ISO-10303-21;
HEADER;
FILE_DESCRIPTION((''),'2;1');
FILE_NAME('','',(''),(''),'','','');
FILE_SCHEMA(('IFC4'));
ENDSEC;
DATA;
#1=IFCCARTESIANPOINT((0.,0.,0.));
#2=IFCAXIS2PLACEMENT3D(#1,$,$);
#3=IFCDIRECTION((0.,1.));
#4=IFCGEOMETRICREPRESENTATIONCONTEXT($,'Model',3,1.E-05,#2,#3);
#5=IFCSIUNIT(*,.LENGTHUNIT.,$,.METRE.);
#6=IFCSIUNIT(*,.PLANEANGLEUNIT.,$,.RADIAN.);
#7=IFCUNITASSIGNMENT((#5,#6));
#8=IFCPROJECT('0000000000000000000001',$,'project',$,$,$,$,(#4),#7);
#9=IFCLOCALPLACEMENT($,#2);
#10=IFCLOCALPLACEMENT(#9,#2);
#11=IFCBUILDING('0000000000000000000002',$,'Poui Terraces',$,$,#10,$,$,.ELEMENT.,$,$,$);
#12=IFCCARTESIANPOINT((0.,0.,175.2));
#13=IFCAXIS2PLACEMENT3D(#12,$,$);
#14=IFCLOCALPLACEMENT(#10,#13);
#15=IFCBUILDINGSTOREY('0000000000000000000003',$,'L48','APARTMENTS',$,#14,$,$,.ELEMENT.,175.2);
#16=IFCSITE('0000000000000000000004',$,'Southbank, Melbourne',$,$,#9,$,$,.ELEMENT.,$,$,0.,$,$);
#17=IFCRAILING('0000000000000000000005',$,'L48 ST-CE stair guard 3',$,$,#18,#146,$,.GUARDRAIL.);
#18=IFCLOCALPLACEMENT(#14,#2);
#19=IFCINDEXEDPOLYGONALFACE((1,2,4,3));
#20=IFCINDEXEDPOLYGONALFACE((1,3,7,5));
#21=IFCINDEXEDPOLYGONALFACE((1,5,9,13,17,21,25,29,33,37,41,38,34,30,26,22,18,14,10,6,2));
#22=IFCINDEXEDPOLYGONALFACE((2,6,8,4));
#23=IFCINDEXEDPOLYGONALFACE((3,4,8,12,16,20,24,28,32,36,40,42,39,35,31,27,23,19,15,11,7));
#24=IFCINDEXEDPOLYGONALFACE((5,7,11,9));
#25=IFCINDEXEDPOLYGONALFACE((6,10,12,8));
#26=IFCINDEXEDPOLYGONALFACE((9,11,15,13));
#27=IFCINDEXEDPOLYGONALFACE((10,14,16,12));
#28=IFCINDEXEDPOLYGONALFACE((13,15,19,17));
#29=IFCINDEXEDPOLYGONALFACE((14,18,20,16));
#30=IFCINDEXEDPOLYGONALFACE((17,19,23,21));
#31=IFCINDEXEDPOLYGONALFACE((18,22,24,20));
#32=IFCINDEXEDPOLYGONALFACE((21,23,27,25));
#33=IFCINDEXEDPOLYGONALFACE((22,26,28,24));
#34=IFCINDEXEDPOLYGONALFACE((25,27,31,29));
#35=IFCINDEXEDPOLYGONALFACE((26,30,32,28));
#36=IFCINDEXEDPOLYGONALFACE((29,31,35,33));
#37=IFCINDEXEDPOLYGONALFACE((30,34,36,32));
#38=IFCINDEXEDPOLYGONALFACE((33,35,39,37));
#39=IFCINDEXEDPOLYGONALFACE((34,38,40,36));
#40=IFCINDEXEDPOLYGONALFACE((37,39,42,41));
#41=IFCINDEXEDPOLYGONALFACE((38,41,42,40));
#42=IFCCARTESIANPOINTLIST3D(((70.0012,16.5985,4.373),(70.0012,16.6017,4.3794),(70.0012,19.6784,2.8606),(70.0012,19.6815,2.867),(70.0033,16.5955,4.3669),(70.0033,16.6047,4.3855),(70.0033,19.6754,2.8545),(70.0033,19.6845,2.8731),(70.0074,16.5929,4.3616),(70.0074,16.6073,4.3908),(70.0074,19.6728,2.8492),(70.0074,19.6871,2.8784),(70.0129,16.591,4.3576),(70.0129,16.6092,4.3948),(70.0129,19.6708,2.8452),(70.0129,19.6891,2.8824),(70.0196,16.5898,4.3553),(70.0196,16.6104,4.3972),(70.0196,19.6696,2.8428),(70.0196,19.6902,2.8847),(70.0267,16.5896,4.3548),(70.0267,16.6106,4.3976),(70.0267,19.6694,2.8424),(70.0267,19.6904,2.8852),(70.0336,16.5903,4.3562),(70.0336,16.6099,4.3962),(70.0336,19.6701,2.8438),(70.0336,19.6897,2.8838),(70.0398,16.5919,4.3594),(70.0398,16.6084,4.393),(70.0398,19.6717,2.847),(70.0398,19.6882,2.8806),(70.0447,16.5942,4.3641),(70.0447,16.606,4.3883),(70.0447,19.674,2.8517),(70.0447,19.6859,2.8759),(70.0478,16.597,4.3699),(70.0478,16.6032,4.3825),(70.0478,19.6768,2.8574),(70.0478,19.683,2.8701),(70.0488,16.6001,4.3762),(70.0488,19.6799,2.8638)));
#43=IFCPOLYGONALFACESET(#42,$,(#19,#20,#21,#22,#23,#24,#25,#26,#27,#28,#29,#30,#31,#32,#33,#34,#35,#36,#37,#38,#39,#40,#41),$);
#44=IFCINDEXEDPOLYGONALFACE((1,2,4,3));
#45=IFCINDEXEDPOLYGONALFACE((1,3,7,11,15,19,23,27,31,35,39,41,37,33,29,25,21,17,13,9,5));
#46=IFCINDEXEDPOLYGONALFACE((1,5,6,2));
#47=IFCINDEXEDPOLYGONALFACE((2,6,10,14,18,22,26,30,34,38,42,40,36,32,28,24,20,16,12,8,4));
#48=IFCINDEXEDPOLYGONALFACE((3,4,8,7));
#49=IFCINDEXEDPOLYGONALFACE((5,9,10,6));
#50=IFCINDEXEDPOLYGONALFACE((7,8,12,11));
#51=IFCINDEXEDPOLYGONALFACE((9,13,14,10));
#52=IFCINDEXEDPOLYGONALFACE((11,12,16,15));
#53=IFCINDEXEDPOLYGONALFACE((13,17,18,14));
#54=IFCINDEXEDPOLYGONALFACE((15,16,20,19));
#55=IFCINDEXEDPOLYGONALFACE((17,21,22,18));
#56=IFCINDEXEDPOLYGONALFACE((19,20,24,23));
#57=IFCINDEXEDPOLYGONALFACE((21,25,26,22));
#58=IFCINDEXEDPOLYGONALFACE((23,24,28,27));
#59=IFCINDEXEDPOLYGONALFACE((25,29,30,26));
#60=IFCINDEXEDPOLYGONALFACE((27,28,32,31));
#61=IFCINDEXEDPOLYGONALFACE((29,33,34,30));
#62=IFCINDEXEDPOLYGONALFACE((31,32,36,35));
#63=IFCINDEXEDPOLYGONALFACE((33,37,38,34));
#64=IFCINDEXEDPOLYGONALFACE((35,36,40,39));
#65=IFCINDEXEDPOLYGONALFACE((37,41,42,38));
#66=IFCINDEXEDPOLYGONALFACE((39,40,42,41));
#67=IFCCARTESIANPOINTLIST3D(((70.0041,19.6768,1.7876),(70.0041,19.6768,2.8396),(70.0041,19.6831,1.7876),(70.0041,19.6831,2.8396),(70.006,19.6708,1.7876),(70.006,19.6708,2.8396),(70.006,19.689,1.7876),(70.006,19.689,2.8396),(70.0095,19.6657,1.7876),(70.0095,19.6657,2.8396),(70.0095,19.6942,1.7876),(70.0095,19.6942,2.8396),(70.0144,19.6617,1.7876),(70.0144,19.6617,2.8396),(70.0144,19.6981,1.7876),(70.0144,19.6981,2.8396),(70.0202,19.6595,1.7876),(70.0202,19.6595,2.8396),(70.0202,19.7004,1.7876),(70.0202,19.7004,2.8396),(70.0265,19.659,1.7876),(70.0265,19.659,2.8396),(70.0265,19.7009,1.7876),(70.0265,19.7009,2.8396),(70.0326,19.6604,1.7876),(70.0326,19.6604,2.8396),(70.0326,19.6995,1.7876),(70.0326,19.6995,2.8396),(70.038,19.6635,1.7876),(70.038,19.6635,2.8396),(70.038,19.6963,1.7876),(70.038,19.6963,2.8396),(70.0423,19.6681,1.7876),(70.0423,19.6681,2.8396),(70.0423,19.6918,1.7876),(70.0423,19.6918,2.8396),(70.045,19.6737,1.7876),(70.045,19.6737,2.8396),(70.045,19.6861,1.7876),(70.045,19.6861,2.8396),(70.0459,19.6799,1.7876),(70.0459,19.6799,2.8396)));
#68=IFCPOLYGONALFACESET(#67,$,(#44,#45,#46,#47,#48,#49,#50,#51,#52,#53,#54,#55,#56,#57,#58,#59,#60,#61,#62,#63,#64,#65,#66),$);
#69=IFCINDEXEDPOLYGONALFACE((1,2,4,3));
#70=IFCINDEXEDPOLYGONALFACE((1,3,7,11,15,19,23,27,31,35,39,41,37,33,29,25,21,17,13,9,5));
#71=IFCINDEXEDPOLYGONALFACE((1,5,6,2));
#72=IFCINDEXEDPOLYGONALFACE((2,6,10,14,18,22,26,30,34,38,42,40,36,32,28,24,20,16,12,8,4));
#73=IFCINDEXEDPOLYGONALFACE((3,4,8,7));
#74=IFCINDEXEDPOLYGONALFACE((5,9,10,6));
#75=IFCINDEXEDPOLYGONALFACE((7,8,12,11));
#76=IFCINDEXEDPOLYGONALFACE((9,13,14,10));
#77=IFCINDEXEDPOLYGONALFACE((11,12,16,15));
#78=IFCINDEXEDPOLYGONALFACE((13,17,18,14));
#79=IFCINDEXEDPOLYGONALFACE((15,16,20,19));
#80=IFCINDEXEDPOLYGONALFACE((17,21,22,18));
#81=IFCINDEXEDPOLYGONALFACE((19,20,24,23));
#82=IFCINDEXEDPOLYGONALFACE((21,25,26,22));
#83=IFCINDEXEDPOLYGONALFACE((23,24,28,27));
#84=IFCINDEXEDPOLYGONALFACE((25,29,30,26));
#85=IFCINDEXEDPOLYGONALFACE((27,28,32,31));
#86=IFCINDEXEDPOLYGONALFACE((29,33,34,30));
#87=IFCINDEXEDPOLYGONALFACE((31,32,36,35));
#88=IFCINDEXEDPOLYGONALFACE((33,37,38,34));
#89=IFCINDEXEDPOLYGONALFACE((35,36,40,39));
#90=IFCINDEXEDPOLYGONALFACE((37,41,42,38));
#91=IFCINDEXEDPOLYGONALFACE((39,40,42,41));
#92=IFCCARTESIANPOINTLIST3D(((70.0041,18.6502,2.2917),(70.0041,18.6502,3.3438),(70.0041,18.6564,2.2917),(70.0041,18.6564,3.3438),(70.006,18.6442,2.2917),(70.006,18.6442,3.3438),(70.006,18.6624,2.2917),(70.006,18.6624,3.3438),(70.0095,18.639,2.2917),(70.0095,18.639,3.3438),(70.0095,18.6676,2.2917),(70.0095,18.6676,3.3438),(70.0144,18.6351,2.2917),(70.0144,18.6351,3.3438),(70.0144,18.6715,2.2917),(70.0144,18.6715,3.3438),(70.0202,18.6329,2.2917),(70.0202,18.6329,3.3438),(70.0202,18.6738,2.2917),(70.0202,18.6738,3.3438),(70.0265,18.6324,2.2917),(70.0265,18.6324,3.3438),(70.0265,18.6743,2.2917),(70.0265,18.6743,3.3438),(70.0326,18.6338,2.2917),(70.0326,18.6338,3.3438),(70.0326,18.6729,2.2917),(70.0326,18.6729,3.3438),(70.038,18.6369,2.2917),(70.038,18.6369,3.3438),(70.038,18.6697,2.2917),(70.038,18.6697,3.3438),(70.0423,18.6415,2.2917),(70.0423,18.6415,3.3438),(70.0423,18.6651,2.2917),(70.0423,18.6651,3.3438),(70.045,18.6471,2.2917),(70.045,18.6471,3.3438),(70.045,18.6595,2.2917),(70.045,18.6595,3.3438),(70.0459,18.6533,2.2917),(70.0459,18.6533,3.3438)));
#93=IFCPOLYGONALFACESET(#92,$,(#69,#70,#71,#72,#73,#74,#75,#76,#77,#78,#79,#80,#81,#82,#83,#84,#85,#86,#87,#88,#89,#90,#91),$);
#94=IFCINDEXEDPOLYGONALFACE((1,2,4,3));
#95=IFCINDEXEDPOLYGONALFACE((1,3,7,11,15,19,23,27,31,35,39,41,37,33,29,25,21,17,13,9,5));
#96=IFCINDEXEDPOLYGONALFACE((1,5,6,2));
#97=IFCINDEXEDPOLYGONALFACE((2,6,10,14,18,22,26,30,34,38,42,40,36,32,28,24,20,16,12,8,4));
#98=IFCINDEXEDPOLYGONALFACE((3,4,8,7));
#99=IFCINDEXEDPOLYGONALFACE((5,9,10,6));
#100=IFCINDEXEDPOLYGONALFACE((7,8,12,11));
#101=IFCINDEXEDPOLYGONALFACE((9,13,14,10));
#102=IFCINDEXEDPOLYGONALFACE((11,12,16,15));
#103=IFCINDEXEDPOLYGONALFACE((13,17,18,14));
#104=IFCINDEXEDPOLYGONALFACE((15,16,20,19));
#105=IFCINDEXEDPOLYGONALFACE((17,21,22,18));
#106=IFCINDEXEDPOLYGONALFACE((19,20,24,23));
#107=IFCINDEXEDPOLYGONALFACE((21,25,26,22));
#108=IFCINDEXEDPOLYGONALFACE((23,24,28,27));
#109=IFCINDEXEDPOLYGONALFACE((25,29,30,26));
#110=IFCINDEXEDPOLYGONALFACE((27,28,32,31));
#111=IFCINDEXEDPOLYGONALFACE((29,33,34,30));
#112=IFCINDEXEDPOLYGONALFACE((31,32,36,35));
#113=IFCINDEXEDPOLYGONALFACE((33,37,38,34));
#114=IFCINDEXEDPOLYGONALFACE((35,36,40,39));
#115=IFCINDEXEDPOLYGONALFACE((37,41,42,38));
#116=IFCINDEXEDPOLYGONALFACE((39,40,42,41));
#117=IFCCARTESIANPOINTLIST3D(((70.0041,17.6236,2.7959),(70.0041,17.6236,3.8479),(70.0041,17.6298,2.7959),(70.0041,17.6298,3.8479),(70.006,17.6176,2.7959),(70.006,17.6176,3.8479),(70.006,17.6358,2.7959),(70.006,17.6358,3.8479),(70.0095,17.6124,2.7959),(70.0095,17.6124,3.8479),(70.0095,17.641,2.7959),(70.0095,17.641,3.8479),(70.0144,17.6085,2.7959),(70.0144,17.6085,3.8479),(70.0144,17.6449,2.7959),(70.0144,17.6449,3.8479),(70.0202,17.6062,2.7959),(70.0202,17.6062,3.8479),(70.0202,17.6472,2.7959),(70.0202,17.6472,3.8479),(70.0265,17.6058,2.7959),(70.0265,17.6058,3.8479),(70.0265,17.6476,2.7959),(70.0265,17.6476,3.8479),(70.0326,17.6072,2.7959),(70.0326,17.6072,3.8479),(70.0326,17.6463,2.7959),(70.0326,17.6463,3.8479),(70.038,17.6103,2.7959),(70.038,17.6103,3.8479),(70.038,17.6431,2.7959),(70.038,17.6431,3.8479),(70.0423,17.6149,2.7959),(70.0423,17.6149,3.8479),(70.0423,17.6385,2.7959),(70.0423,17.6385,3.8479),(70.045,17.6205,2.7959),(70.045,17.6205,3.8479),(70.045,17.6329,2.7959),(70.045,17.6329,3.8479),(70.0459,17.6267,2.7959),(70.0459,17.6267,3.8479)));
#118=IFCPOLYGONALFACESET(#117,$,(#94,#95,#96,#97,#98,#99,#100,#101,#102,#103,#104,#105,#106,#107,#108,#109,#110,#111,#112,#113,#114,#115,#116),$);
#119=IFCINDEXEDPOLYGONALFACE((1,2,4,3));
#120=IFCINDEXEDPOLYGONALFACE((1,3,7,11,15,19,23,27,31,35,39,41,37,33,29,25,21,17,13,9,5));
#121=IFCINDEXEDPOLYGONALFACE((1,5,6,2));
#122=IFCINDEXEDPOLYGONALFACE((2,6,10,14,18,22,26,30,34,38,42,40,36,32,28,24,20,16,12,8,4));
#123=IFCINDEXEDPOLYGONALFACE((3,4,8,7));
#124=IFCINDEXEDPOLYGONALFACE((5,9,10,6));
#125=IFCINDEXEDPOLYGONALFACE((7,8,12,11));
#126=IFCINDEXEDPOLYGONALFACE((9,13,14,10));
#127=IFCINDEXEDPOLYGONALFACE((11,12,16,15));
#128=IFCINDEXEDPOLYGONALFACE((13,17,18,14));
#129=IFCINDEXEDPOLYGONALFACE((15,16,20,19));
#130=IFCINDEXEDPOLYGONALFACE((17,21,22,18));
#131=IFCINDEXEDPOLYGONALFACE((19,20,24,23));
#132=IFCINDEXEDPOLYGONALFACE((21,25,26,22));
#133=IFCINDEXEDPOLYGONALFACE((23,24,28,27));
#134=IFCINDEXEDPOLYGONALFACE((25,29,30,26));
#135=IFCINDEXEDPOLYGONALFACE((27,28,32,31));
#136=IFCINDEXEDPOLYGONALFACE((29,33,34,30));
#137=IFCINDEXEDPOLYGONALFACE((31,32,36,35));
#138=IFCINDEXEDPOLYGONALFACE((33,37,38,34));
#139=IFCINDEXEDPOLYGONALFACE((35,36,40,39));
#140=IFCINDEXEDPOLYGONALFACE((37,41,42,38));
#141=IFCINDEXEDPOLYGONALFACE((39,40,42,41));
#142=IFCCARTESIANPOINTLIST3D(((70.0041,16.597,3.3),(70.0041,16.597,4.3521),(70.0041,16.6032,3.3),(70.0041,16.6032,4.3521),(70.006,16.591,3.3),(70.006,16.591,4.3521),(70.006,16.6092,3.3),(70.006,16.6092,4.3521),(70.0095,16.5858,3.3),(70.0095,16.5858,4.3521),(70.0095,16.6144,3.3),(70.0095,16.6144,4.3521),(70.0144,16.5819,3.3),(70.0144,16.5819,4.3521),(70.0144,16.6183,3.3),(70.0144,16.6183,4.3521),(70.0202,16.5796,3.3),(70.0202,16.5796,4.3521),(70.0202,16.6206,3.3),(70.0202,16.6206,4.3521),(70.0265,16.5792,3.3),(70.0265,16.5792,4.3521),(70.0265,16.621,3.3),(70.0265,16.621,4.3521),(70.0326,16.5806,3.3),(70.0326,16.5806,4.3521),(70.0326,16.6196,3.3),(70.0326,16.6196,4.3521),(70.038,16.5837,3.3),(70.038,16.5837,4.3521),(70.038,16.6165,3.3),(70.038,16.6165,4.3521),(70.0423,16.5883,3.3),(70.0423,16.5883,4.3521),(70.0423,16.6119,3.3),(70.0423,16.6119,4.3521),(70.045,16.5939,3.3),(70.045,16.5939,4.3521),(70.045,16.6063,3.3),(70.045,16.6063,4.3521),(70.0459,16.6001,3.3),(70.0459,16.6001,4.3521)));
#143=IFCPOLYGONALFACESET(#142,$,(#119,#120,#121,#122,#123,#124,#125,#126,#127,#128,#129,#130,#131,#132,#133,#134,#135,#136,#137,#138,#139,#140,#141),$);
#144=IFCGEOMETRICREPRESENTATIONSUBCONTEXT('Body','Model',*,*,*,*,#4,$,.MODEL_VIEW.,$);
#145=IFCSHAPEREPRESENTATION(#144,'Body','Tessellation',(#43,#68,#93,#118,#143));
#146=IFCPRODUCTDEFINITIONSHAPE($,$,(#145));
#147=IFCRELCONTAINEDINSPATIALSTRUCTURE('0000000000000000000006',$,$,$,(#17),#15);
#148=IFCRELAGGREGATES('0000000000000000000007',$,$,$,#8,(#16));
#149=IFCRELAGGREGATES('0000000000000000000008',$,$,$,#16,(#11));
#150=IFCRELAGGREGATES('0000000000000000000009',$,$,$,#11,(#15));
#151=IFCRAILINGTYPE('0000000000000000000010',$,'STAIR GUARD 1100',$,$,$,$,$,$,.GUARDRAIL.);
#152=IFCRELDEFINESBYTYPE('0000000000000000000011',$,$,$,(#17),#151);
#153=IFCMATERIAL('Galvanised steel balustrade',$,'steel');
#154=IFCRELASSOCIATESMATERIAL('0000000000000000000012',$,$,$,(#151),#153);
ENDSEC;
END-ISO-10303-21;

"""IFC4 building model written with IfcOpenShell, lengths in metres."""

from ifc_helpers import new_model, si_unit, direction, frame, origin, origin_2d, place, context, subcontext, project, spatial, circle, extrude, material, type_object, element, save


model = new_model("IFC4")

# Units and contexts
model_context = context("Model", 3, precision=1e-05, world=origin(), true_north=direction((0.0, 1.0)))
body_context = subcontext(model_context, "Body", "Model", "MODEL_VIEW")
ifc_project = project(units=[si_unit("LENGTHUNIT", "METRE"), si_unit("PLANEANGLEUNIT", "RADIAN")], contexts=[model_context])

# Site, building, storey
site_placement = place(None, origin())
site = spatial("IfcSite", under=ifc_project, at=site_placement, Name="Southbank, Melbourne", CompositionType="ELEMENT", RefElevation=0.0)
building_placement = place(site_placement, origin())
building = spatial("IfcBuilding", under=site, at=building_placement, Name="Poui Terraces", CompositionType="ELEMENT")
storey_placement = place(building_placement, frame((0.0, 0.0, 175.2)))
storey = spatial("IfcBuildingStorey", under=building, at=storey_placement, Name="L48", Description="APARTMENTS", CompositionType="ELEMENT", Elevation=175.2)

# Railing
ifc_material_1 = material(Name="Galvanised steel balustrade", Category="steel")
railing_type_1 = type_object("IfcRailingType", Name="STAIR GUARD 1100", PredefinedType="GUARDRAIL", material=ifc_material_1)
railing_1_placement = place(storey_placement, frame((70.0249, 19.6799, 1.7876)))
element("IfcRailing", 1, at=railing_1_placement, inside=storey, type_object=railing_type_1, Name="L48 ST-CE stair guard 3", PredefinedType="GUARDRAIL", context=body_context, shape_type="SweptSolid", body=[
    extrude(circle(Radius=0.0239, at=origin_2d()), frame((0.0, 0.0, 1.0762), z_axis=(0.0, -0.897606, 0.440798), x_axis=(1.0, 0.0, 0.0)), (0.0, 0.0, 1.0), 3.4312),
    extrude(circle(Radius=0.021, at=origin_2d()), origin(), (0.0, 0.0, 1.0), 1.052),
    extrude(circle(Radius=0.021, at=origin_2d()), frame((0.0, -1.0266, 0.5042)), (0.0, 0.0, 1.0), 1.052),
    extrude(circle(Radius=0.021, at=origin_2d()), frame((0.0, -2.0532, 1.0083)), (0.0, 0.0, 1.0), 1.052),
    extrude(circle(Radius=0.021, at=origin_2d()), frame((0.0, -3.0798, 1.5125)), (0.0, 0.0, 1.0), 1.052),
])

save(model, "model.ifc")
